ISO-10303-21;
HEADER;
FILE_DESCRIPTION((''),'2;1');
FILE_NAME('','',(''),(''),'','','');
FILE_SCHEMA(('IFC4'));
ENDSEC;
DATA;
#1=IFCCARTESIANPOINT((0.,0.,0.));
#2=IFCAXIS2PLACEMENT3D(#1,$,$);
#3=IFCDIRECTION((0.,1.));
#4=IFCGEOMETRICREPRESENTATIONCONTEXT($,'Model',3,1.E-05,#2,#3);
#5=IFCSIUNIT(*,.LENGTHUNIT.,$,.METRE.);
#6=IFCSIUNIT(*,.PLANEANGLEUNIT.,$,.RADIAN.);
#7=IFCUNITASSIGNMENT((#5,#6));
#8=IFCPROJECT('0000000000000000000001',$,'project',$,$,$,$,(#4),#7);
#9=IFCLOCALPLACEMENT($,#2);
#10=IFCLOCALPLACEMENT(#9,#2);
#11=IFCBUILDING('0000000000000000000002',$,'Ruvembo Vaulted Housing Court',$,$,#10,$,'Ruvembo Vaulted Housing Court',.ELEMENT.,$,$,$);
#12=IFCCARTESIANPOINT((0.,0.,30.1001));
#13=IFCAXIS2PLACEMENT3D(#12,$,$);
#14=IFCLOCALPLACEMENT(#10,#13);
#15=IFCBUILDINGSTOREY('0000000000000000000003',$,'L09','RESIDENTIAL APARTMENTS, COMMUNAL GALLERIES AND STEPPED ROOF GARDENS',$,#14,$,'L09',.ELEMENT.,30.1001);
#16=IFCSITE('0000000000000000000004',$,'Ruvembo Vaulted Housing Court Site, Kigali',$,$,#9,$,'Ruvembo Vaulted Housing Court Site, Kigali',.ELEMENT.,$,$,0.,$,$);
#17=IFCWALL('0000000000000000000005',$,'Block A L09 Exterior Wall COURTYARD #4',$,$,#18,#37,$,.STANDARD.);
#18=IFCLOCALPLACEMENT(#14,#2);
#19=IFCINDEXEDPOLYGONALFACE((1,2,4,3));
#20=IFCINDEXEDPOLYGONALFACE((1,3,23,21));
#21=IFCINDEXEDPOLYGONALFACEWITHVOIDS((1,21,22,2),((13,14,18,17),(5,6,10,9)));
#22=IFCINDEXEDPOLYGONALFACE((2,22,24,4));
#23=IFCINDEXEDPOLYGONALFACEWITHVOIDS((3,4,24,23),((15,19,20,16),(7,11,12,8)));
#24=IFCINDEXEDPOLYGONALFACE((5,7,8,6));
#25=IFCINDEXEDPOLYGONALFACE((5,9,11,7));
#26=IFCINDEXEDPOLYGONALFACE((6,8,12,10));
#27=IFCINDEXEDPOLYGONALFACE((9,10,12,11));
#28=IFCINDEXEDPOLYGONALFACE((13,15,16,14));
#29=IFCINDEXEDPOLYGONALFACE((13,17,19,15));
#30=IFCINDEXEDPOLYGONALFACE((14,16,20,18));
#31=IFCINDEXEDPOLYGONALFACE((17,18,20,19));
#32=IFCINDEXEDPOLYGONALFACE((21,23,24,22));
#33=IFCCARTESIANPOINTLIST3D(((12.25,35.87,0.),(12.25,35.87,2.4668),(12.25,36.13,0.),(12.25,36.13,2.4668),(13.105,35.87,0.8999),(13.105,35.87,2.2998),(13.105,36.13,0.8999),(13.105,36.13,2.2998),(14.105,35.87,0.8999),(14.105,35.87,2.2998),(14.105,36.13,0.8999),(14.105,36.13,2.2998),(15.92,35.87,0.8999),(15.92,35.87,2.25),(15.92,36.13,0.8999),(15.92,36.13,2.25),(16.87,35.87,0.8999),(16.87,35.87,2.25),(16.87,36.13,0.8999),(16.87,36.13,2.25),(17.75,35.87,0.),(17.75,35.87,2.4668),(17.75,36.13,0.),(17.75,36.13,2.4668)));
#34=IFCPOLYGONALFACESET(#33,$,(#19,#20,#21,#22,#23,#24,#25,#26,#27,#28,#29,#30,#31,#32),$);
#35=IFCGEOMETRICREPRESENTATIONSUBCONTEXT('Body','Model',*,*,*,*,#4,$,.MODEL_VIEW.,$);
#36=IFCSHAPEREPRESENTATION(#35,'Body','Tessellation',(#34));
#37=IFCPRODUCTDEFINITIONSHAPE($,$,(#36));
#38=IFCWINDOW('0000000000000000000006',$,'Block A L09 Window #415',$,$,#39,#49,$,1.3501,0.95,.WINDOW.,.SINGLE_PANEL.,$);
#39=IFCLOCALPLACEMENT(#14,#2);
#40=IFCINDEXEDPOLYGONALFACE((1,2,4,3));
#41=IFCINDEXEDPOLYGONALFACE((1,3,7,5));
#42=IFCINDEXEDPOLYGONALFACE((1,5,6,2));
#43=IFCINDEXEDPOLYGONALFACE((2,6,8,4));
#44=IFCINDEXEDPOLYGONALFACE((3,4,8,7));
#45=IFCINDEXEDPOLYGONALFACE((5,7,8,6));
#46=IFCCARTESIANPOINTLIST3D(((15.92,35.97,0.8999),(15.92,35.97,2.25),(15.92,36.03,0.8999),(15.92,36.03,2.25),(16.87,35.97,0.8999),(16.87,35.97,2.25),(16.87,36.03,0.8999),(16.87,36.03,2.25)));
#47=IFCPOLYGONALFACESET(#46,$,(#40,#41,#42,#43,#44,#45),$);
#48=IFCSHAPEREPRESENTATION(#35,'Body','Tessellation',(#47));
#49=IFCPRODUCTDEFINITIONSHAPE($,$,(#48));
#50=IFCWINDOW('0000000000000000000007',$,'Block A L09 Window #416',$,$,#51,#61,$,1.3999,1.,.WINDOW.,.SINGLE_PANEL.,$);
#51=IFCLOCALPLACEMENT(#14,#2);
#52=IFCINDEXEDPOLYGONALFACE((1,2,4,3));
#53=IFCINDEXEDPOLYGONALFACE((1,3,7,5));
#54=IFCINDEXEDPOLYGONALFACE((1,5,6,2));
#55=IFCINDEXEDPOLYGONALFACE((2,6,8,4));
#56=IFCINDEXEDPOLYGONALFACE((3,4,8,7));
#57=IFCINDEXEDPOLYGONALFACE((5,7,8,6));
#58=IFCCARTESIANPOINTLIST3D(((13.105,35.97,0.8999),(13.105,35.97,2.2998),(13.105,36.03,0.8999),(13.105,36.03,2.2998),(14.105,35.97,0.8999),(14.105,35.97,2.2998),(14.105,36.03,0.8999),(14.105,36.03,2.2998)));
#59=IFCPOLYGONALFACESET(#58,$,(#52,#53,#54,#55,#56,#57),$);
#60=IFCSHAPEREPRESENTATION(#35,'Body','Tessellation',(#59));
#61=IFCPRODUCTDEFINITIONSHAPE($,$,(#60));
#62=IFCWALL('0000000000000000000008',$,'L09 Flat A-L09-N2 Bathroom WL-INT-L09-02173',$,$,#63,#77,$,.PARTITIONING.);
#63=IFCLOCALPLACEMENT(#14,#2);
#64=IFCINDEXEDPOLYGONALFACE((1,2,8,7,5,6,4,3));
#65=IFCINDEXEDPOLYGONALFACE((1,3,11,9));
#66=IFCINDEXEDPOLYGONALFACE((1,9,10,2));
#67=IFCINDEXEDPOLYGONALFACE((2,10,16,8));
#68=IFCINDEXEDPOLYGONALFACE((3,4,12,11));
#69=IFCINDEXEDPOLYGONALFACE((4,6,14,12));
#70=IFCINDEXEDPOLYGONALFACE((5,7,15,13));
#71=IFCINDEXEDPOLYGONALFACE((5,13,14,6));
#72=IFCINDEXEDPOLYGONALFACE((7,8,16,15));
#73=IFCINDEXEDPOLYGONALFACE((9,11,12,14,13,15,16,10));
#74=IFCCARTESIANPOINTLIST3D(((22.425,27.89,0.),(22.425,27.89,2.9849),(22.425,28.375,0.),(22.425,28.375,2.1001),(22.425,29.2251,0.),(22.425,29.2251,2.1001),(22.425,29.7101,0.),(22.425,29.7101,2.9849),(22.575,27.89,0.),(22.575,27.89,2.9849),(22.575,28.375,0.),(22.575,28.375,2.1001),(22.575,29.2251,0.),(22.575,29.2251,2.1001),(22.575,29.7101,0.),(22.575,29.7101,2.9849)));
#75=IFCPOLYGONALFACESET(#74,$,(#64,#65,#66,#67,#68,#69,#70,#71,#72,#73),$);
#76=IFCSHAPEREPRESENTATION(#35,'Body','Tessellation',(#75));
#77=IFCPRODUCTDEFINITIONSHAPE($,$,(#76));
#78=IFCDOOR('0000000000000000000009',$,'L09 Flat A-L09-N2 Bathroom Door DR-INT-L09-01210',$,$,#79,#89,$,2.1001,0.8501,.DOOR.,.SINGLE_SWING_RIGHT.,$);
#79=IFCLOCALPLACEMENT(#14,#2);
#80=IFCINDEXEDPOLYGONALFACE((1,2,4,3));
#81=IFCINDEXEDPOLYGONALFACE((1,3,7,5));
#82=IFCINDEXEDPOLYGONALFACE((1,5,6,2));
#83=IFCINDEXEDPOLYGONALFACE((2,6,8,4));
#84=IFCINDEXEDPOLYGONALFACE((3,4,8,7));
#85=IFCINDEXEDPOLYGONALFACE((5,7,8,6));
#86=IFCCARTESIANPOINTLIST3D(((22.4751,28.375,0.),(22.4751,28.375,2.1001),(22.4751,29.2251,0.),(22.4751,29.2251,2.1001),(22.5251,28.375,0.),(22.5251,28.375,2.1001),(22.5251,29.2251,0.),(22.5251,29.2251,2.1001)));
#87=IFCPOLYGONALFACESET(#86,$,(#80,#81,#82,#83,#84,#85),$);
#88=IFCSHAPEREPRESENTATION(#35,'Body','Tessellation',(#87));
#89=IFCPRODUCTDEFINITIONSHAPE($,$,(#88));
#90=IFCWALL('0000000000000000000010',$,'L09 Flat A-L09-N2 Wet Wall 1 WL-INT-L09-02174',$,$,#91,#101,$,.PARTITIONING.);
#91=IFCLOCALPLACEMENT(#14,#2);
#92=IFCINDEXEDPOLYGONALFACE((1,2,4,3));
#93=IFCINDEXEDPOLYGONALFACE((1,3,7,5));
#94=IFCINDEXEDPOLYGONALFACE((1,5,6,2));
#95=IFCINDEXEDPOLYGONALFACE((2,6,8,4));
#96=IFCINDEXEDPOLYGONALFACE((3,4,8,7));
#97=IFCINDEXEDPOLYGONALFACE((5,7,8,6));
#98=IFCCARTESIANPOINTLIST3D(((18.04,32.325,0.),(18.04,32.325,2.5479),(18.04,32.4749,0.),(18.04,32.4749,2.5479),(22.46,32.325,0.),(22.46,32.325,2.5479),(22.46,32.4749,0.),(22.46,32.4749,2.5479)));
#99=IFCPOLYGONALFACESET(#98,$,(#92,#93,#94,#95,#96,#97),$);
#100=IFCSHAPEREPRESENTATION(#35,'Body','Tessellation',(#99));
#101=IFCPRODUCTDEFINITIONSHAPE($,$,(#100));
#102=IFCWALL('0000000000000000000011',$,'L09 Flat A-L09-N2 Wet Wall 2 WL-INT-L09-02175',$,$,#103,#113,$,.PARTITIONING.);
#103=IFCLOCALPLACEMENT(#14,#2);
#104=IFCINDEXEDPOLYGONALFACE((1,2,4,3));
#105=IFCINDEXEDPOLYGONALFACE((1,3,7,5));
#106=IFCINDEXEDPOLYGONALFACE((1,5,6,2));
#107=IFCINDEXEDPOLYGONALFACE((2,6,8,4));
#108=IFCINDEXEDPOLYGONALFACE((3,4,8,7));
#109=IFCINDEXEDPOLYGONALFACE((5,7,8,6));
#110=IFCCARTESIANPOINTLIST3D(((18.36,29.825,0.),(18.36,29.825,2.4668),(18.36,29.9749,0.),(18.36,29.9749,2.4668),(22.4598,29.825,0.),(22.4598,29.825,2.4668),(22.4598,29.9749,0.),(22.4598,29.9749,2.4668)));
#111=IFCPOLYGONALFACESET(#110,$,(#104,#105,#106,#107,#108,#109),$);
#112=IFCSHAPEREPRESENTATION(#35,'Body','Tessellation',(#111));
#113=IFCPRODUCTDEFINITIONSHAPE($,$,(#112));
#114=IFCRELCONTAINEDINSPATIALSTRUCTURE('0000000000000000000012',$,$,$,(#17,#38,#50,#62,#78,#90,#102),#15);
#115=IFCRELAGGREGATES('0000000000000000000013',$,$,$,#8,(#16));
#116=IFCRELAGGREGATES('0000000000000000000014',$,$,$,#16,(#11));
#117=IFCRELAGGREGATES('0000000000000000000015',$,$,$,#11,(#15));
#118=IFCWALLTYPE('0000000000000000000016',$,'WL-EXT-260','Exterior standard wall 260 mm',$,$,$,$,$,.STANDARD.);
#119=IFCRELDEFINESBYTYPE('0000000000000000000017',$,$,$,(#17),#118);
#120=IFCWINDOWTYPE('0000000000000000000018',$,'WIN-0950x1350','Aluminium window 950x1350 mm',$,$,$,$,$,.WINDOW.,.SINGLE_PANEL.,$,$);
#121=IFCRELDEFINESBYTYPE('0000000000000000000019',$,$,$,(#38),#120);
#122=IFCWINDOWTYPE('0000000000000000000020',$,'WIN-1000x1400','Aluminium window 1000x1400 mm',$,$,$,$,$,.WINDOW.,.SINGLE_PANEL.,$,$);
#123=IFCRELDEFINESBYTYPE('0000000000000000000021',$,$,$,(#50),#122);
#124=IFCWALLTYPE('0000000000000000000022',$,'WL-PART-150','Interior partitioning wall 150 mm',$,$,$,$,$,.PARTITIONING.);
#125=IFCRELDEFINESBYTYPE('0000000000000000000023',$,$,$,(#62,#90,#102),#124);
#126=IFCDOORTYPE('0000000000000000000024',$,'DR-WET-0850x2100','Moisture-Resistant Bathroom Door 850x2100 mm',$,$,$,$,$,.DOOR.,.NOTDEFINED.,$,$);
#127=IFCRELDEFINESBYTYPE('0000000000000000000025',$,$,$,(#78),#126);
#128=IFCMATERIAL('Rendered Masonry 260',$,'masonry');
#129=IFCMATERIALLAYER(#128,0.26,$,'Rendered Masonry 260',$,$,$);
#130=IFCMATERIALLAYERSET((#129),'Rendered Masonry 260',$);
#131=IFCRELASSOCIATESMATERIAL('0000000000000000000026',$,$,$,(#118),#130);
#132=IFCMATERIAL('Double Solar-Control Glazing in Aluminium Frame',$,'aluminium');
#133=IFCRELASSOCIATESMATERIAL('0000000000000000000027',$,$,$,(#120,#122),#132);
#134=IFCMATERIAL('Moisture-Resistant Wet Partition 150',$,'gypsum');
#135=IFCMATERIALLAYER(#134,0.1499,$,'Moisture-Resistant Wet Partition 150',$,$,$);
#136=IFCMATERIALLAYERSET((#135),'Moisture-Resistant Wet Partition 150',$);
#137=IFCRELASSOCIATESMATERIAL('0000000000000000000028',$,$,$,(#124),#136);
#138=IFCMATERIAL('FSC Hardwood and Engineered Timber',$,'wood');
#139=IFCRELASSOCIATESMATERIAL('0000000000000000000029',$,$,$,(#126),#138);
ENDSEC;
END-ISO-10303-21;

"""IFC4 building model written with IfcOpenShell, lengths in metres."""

from ifc_helpers import new_model, si_unit, direction, frame, frame_2d, origin, place, context, subcontext, project, spatial, rectangle, extrude, material, layer, layer_set, type_object, element, fill, save


model = new_model("IFC4")

# Units and contexts
model_context = context("Model", 3, precision=1e-05, world=origin(), true_north=direction((0.0, 1.0)))
body_context = subcontext(model_context, "Body", "Model", "MODEL_VIEW")
ifc_project = project(units=[si_unit("LENGTHUNIT", "METRE"), si_unit("PLANEANGLEUNIT", "RADIAN")], contexts=[model_context])

# Site, building, storey
site_placement = place(None, origin())
site = spatial("IfcSite", under=ifc_project, at=site_placement, Name="Ruvembo Vaulted Housing Court Site, Kigali", LongName="Ruvembo Vaulted Housing Court Site, Kigali", CompositionType="ELEMENT", RefElevation=0.0)
building_placement = place(site_placement, origin())
building = spatial("IfcBuilding", under=site, at=building_placement, Name="Ruvembo Vaulted Housing Court", LongName="Ruvembo Vaulted Housing Court", CompositionType="ELEMENT")
storey_placement = place(building_placement, frame((0.0, 0.0, 30.1001)))
storey = spatial("IfcBuildingStorey", under=building, at=storey_placement, Name="L09", Description="RESIDENTIAL APARTMENTS, COMMUNAL GALLERIES AND STEPPED ROOF GARDENS", LongName="L09", CompositionType="ELEMENT", Elevation=30.1001)

# Wall, openings, windows
ifc_material_1 = material(Name="Rendered Masonry 260", Category="masonry")
ifc_layer_1 = layer(ifc_material_1, 0.26, Name="Rendered Masonry 260")
ifc_layer_set_1 = layer_set([ifc_layer_1], Name="Rendered Masonry 260")
wall_type_1 = type_object("IfcWallType", Name="WL-EXT-260", Description="Exterior standard wall 260 mm", PredefinedType="STANDARD", material=ifc_layer_set_1)
wall_1_placement = place(storey_placement, frame((17.75, 36.0, 0.0), z_axis=(0.0, 0.0, 1.0), x_axis=(-1.0, 0.0, 0.0)))
wall_1 = element("IfcWall", 1, at=wall_1_placement, inside=storey, type_object=wall_type_1, Name="Block A L09 Exterior Wall COURTYARD #4", PredefinedType="STANDARD", context=body_context, shape_type="SweptSolid", body=[
    extrude(rectangle(XDim=5.5, YDim=0.26, at=frame_2d((2.75, 0.0))), origin(), (0.0, 0.0, 1.0), 2.4668),
])
opening_1_placement = place(wall_1_placement, frame((0.8799, 0.0, 0.8999)))
opening_1 = element("IfcOpeningElement", 2, at=opening_1_placement, cuts=wall_1, PredefinedType="OPENING", context=body_context, shape_type="SweptSolid", body=[
    extrude(rectangle(XDim=0.95, YDim=1.3501, at=frame_2d((0.4751, 0.675))), frame((0.0, 0.1399, 0.0), z_axis=(0.0, -1.0, 0.0), x_axis=(1.0, 0.0, 0.0)), (0.0, 0.0, 1.0), 0.28),
])
opening_2_placement = place(wall_1_placement, frame((3.645, 0.0, 0.8999)))
opening_2 = element("IfcOpeningElement", 3, at=opening_2_placement, cuts=wall_1, PredefinedType="OPENING", context=body_context, shape_type="SweptSolid", body=[
    extrude(rectangle(XDim=1.0, YDim=1.3999, at=frame_2d((0.5, 0.7))), frame((0.0, 0.1399, 0.0), z_axis=(0.0, -1.0, 0.0), x_axis=(1.0, 0.0, 0.0)), (0.0, 0.0, 1.0), 0.28),
])
ifc_material_2 = material(Name="Double Solar-Control Glazing in Aluminium Frame", Category="aluminium")
window_type_1 = type_object("IfcWindowType", Name="WIN-0950x1350", Description="Aluminium window 950x1350 mm", PartitioningType="SINGLE_PANEL", PredefinedType="WINDOW", material=ifc_material_2)
window_1_placement = place(opening_1_placement, origin())
window_1 = element("IfcWindow", 4, at=window_1_placement, inside=storey, type_object=window_type_1, Name="Block A L09 Window #415", OverallHeight=1.3501, OverallWidth=0.95, PartitioningType="SINGLE_PANEL", PredefinedType="WINDOW", context=body_context, shape_type="SweptSolid", body=[
    extrude(rectangle(XDim=0.95, YDim=1.3501, at=frame_2d((0.4751, 0.675))), frame((0.0, 0.03, 0.0), z_axis=(0.0, -1.0, 0.0), x_axis=(1.0, 0.0, 0.0)), (0.0, 0.0, 1.0), 0.0601),
])
fill(opening_1, window_1)
window_type_2 = type_object("IfcWindowType", Name="WIN-1000x1400", Description="Aluminium window 1000x1400 mm", PartitioningType="SINGLE_PANEL", PredefinedType="WINDOW", material=ifc_material_2)
window_2_placement = place(opening_2_placement, origin())
window_2 = element("IfcWindow", 5, at=window_2_placement, inside=storey, type_object=window_type_2, Name="Block A L09 Window #416", OverallHeight=1.3999, OverallWidth=1.0, PartitioningType="SINGLE_PANEL", PredefinedType="WINDOW", context=body_context, shape_type="SweptSolid", body=[
    extrude(rectangle(XDim=1.0, YDim=1.3999, at=frame_2d((0.5, 0.7))), frame((0.0, 0.03, 0.0), z_axis=(0.0, -1.0, 0.0), x_axis=(1.0, 0.0, 0.0)), (0.0, 0.0, 1.0), 0.0601),
])
fill(opening_2, window_2)

# Wall, opening, door
ifc_material_3 = material(Name="Moisture-Resistant Wet Partition 150", Category="gypsum")
ifc_layer_2 = layer(ifc_material_3, 0.1499, Name="Moisture-Resistant Wet Partition 150")
ifc_layer_set_2 = layer_set([ifc_layer_2], Name="Moisture-Resistant Wet Partition 150")
wall_type_2 = type_object("IfcWallType", Name="WL-PART-150", Description="Interior partitioning wall 150 mm", PredefinedType="PARTITIONING", material=ifc_layer_set_2)
wall_2_placement = place(storey_placement, frame((22.5, 27.8899, 0.0), z_axis=(0.0, 0.0, 1.0), x_axis=(0.0, 1.0, 0.0)))
wall_2 = element("IfcWall", 6, at=wall_2_placement, inside=storey, type_object=wall_type_2, Name="L09 Flat A-L09-N2 Bathroom WL-INT-L09-02173", PredefinedType="PARTITIONING", context=body_context, shape_type="SweptSolid", body=[
    extrude(rectangle(XDim=1.8201, YDim=0.1499, at=frame_2d((0.9102, 0.0))), origin(), (0.0, 0.0, 1.0), 2.9849),
])
opening_3_placement = place(wall_2_placement, frame((0.4851, 0.0, 0.0)))
opening_3 = element("IfcOpeningElement", 7, at=opening_3_placement, cuts=wall_2, PredefinedType="OPENING", context=body_context, shape_type="SweptSolid", body=[
    extrude(rectangle(XDim=0.8501, YDim=2.1001, at=frame_2d((0.425, 1.05))), frame((0.0, 0.085, 0.0), z_axis=(0.0, -1.0, 0.0), x_axis=(1.0, 0.0, 0.0)), (0.0, 0.0, 1.0), 0.1699),
])
ifc_material_4 = material(Name="FSC Hardwood and Engineered Timber", Category="wood")
door_type = type_object("IfcDoorType", Name="DR-WET-0850x2100", Description="Moisture-Resistant Bathroom Door 850x2100 mm", OperationType="NOTDEFINED", PredefinedType="DOOR", material=ifc_material_4)
door_placement = place(opening_3_placement, origin())
door = element("IfcDoor", 8, at=door_placement, inside=storey, type_object=door_type, Name="L09 Flat A-L09-N2 Bathroom Door DR-INT-L09-01210", OperationType="SINGLE_SWING_RIGHT", OverallHeight=2.1001, OverallWidth=0.8501, PredefinedType="DOOR", context=body_context, shape_type="SweptSolid", body=[
    extrude(rectangle(XDim=0.8501, YDim=2.1001, at=frame_2d((0.425, 1.05))), frame((0.0, 0.0249, 0.0), z_axis=(0.0, -1.0, 0.0), x_axis=(1.0, 0.0, 0.0)), (0.0, 0.0, 1.0), 0.05),
])
fill(opening_3, door)

# Walls
wall_3_placement = place(storey_placement, frame((18.04, 32.3999, 0.0), z_axis=(0.0, 0.0, 1.0), x_axis=(1.0, 0.0, 0.0)))
element("IfcWall", 9, at=wall_3_placement, inside=storey, type_object=wall_type_2, Name="L09 Flat A-L09-N2 Wet Wall 1 WL-INT-L09-02174", PredefinedType="PARTITIONING", context=body_context, shape_type="SweptSolid", body=[
    extrude(rectangle(XDim=4.4199, YDim=0.1499, at=frame_2d((2.21, 0.0))), origin(), (0.0, 0.0, 1.0), 2.5479),
])
wall_4_placement = place(storey_placement, frame((18.3601, 29.8999, 0.0), z_axis=(0.0, 0.0, 1.0), x_axis=(1.0, 0.0, 0.0)))
element("IfcWall", 10, at=wall_4_placement, inside=storey, type_object=wall_type_2, Name="L09 Flat A-L09-N2 Wet Wall 2 WL-INT-L09-02175", PredefinedType="PARTITIONING", context=body_context, shape_type="SweptSolid", body=[
    extrude(rectangle(XDim=4.0999, YDim=0.1499, at=frame_2d((2.0498, 0.0))), origin(), (0.0, 0.0, 1.0), 2.4668),
])

save(model, "model.ifc")
